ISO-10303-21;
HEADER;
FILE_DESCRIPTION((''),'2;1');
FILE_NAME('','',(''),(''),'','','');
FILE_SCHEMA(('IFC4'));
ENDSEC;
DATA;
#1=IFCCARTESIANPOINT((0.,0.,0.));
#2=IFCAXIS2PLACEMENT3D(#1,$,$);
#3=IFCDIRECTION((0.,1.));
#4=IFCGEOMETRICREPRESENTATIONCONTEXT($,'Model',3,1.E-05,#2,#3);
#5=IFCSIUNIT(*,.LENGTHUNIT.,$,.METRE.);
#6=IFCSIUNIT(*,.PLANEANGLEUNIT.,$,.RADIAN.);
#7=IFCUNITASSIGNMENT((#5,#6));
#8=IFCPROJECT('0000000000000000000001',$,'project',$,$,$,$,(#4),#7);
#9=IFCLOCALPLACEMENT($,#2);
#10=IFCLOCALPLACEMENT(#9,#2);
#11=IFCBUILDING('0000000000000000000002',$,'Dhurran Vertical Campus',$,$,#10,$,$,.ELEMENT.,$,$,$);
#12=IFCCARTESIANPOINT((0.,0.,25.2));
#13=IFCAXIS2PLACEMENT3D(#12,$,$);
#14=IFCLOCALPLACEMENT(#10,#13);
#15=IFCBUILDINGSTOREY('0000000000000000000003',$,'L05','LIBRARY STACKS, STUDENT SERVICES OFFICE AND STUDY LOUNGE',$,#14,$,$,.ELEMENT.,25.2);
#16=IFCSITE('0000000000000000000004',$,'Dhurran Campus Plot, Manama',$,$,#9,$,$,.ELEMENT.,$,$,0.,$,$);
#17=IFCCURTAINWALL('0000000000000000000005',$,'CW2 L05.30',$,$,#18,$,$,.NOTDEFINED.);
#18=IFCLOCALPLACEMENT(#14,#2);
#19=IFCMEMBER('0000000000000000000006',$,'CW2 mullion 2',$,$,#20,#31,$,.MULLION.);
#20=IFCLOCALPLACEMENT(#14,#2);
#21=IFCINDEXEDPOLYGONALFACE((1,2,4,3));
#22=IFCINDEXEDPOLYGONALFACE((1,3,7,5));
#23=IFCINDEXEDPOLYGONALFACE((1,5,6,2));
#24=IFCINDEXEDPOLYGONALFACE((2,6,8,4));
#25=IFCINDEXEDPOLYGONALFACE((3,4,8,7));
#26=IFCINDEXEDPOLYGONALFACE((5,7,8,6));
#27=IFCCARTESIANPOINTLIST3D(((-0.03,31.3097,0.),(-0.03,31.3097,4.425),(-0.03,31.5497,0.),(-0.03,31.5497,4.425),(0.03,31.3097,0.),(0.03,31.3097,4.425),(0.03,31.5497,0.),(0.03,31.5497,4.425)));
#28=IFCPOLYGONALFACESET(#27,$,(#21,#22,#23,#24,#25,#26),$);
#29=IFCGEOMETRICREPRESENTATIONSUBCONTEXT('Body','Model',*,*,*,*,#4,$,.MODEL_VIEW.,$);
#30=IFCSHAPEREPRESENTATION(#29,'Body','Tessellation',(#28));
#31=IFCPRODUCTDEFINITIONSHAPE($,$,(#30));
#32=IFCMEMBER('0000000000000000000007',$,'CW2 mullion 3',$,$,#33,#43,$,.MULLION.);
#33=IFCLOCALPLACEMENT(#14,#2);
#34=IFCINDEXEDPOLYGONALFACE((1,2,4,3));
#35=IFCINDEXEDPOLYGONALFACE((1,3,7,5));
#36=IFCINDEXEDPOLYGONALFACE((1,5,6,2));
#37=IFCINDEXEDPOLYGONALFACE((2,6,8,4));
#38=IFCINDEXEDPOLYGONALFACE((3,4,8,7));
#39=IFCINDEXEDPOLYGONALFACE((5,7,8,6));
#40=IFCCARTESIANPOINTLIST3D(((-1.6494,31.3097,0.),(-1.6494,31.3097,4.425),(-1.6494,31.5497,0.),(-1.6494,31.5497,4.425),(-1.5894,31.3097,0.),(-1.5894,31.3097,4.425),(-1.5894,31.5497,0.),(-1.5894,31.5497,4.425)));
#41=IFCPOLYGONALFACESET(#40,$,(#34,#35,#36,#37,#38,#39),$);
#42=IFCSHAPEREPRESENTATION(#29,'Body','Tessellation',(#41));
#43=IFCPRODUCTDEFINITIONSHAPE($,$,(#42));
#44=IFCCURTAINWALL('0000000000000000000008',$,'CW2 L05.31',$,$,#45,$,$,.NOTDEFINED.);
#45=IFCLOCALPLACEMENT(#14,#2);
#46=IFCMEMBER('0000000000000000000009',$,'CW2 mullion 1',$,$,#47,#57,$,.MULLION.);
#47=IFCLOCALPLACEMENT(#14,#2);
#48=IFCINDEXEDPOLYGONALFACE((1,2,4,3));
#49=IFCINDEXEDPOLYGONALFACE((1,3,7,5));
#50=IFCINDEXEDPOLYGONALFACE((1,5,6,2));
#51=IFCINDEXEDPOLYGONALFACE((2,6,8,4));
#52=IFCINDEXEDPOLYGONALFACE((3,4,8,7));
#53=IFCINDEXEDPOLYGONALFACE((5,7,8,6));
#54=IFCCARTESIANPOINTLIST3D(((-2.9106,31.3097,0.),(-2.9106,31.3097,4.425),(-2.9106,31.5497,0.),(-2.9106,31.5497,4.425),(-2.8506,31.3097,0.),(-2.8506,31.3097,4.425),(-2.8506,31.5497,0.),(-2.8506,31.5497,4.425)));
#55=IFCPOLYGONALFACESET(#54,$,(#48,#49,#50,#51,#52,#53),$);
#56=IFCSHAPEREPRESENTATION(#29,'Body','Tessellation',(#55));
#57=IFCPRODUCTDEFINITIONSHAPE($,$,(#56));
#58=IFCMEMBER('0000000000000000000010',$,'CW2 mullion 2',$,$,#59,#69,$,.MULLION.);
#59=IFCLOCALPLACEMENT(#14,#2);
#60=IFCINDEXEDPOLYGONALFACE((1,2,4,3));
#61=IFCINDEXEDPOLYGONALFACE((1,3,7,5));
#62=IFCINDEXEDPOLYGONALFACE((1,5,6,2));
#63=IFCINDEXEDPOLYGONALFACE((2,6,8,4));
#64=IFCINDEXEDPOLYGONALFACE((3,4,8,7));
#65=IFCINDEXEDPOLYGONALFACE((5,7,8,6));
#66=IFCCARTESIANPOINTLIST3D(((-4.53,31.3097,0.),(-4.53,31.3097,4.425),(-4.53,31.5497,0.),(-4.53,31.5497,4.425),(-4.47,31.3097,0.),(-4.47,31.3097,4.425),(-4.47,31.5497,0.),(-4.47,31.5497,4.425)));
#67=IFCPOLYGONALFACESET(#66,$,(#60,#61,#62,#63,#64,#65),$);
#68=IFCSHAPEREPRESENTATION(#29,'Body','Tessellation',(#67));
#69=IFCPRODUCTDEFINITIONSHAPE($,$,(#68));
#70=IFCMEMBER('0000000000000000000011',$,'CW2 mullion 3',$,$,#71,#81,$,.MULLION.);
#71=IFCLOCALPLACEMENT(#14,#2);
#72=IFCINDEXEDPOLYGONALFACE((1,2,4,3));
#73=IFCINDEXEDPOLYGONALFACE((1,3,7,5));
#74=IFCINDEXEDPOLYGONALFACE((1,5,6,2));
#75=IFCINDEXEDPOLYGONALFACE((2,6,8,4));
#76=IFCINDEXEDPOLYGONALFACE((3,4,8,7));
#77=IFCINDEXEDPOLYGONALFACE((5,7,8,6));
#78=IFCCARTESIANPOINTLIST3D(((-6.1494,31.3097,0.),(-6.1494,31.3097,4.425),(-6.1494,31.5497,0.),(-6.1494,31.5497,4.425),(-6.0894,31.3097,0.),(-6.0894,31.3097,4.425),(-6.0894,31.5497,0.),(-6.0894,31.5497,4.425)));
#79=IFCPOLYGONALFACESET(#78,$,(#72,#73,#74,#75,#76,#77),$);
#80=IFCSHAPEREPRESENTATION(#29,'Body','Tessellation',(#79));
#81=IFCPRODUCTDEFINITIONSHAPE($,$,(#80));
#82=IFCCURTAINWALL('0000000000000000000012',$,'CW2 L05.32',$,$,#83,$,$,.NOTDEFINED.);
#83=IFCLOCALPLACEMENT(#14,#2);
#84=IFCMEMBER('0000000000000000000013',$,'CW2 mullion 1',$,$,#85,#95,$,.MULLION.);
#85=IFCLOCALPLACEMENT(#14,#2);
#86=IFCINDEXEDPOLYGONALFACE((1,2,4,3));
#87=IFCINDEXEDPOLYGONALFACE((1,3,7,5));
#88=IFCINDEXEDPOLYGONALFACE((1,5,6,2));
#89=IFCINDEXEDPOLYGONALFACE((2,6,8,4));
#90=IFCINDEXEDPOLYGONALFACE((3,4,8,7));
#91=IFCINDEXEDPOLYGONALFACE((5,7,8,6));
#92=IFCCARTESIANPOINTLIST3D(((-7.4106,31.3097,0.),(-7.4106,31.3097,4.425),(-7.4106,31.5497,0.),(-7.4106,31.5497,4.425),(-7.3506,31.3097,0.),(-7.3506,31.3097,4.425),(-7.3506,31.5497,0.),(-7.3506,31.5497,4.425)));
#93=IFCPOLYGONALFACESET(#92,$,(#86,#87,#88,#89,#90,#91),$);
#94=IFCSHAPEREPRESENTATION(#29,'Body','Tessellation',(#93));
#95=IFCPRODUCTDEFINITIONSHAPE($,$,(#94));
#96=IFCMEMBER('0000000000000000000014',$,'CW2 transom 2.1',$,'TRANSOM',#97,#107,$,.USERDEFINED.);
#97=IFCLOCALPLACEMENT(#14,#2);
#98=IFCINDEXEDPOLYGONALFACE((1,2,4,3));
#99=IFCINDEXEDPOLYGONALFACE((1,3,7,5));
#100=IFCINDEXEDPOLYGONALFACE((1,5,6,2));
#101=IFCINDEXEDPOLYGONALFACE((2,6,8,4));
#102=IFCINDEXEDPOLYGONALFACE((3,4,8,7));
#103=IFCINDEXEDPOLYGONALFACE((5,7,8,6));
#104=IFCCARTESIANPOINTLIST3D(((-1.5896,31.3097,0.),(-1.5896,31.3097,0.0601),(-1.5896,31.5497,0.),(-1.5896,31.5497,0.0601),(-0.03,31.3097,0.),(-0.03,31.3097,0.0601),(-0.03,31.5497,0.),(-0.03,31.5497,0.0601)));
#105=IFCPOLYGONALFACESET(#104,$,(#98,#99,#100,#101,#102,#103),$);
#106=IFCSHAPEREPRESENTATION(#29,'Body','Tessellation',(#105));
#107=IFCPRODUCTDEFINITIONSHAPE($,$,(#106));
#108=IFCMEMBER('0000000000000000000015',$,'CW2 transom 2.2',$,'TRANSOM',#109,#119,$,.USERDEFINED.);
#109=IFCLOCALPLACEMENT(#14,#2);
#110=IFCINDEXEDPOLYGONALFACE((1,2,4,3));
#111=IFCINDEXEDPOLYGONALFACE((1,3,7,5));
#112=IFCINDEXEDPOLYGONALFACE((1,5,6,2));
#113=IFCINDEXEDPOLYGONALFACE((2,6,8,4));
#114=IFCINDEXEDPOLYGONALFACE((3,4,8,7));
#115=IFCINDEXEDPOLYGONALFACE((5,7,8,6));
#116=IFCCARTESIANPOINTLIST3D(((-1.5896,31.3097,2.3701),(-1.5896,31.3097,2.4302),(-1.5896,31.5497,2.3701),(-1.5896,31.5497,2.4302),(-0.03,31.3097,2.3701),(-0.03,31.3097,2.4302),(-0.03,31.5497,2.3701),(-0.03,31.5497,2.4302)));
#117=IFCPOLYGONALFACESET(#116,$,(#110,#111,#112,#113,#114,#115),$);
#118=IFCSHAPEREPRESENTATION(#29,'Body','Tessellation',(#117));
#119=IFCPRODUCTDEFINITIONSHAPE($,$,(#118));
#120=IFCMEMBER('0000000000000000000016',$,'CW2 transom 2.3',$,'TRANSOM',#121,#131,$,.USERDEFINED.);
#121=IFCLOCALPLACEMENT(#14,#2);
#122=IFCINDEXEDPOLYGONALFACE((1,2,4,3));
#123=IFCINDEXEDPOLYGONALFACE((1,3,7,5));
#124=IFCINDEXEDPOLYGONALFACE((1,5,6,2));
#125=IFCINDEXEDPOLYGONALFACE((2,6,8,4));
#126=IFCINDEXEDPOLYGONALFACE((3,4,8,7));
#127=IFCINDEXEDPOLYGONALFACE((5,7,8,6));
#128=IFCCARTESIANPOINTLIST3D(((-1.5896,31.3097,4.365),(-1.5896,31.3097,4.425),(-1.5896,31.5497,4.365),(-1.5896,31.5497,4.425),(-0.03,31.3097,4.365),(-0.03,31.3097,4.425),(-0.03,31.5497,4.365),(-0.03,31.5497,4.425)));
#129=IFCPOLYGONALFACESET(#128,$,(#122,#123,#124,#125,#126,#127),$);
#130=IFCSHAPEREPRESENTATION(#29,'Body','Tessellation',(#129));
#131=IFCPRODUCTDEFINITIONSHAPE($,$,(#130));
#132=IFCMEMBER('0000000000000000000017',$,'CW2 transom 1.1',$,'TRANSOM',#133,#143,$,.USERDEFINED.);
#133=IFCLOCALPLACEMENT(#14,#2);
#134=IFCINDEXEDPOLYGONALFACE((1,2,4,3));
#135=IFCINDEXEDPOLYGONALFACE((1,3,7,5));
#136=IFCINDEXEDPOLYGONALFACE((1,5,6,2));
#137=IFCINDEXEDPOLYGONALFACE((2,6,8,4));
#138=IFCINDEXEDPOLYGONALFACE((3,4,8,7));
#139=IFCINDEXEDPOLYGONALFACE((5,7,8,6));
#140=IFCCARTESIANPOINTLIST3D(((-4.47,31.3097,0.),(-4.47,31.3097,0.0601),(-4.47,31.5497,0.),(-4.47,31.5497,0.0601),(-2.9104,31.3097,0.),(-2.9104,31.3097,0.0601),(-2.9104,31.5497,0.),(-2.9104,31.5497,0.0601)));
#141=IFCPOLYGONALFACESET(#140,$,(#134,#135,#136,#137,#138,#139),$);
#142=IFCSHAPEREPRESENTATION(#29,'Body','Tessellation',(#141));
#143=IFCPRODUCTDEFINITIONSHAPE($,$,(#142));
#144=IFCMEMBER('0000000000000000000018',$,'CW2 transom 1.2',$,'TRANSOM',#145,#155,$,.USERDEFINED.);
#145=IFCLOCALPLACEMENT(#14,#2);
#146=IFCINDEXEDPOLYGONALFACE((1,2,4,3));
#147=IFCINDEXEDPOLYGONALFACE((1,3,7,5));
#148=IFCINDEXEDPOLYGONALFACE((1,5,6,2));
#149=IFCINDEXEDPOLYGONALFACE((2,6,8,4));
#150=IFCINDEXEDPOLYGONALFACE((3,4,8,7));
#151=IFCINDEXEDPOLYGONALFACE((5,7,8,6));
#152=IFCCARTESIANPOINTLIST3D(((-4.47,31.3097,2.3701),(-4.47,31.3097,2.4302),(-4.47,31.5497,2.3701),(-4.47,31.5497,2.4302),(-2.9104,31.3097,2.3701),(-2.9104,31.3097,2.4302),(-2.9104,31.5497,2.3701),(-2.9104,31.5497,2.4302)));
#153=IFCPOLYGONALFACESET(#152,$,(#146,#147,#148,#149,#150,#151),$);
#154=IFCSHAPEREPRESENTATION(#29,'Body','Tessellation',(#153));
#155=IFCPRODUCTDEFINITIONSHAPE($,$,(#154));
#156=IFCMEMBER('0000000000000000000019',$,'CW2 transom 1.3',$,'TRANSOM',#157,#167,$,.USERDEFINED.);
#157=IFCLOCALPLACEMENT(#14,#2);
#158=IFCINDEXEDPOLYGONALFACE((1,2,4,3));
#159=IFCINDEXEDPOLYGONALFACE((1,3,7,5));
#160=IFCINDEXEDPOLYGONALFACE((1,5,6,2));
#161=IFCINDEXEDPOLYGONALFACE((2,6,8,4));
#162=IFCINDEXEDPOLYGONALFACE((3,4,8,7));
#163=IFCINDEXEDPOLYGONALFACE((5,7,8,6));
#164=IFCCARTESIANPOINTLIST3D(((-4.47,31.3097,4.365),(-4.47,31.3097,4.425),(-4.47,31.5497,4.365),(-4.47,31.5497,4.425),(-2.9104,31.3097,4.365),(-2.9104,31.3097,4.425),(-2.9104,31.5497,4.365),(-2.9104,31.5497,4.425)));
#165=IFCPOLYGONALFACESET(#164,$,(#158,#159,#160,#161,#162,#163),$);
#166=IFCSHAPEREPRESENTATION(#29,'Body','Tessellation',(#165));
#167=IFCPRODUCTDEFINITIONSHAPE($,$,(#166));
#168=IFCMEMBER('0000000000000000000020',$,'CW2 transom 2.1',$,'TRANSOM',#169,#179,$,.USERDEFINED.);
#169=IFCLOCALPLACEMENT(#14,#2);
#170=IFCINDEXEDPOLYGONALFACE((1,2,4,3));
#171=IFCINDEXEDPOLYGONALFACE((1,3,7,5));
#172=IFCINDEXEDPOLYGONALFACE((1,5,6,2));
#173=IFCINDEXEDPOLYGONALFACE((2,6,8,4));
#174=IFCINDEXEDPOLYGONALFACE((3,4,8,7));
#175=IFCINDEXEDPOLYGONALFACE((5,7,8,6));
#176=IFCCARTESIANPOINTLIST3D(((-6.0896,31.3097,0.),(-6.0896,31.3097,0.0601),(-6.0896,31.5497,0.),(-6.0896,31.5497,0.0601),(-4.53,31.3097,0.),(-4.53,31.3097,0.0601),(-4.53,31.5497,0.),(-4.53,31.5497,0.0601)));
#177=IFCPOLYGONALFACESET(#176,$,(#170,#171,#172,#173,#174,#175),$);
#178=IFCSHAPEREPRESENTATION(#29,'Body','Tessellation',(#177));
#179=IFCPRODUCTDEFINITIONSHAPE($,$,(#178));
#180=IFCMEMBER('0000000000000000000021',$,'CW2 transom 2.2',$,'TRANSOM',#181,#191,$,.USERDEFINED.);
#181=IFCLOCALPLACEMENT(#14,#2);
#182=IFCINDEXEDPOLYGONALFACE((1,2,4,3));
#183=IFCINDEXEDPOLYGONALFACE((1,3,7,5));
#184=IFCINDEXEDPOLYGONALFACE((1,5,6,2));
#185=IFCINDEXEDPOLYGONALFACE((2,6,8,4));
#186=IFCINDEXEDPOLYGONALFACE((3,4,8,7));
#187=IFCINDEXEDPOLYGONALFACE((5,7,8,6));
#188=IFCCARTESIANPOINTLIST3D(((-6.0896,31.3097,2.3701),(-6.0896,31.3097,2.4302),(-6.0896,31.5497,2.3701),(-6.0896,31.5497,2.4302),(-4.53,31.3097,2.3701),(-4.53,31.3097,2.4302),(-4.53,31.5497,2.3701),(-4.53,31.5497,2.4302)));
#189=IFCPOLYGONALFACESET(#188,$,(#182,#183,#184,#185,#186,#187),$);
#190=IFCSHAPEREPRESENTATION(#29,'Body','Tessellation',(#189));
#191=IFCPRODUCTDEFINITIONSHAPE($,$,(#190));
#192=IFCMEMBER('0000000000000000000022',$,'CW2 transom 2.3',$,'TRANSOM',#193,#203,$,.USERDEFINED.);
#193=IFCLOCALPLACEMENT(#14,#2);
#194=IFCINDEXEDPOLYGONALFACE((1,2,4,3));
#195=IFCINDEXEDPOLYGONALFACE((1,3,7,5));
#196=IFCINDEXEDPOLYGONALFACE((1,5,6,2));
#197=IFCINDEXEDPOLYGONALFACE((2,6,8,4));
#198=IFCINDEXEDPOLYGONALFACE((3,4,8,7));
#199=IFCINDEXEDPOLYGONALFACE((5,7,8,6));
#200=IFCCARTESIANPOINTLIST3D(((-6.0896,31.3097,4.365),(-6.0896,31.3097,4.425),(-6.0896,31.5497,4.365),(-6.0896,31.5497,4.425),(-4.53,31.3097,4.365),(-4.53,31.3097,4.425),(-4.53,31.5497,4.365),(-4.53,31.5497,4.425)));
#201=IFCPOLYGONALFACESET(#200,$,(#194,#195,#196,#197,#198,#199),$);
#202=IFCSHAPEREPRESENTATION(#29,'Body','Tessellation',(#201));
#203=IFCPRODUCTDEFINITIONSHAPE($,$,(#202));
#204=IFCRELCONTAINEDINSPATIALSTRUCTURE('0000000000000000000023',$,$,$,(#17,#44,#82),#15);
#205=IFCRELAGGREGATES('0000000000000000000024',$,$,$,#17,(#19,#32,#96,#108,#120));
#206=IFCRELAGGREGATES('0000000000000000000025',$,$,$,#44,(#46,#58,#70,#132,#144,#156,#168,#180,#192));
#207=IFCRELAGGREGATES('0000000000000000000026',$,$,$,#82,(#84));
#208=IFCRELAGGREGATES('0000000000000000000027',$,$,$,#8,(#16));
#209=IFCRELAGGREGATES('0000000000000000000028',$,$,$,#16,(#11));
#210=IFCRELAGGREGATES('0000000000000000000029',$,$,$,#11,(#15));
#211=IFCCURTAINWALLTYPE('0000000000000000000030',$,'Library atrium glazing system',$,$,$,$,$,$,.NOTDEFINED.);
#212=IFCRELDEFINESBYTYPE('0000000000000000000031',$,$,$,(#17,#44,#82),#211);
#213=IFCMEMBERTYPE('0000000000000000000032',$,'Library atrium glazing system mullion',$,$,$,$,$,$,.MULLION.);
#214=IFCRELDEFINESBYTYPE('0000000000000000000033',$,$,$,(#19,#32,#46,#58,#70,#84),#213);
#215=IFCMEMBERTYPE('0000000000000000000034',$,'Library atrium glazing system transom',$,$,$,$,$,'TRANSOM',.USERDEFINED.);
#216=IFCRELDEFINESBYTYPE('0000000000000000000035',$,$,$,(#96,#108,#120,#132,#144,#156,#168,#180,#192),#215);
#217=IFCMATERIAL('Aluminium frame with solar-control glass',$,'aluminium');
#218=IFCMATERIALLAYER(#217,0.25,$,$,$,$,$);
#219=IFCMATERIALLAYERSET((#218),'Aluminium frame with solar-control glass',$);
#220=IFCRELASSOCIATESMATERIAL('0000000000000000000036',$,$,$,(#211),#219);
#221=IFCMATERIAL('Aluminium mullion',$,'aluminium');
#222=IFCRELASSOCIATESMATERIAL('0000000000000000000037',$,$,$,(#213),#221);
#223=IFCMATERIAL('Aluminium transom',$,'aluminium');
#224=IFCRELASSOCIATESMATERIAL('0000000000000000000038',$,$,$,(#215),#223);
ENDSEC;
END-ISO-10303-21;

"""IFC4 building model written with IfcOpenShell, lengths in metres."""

from ifc_helpers import new_model, si_unit, direction, frame, origin, origin_2d, place, context, subcontext, project, spatial, rectangle, extrude, material, layer, layer_set, material_profile, profile_set, type_object, element, aggregate, save


model = new_model("IFC4")

# Units and contexts
model_context = context("Model", 3, precision=1e-05, world=origin(), true_north=direction((0.0, 1.0)))
body_context = subcontext(model_context, "Body", "Model", "MODEL_VIEW")
ifc_project = project(units=[si_unit("LENGTHUNIT", "METRE"), si_unit("PLANEANGLEUNIT", "RADIAN")], contexts=[model_context])

# Site, building, storey
site_placement = place(None, origin())
site = spatial("IfcSite", under=ifc_project, at=site_placement, Name="Dhurran Campus Plot, Manama", CompositionType="ELEMENT", RefElevation=0.0)
building_placement = place(site_placement, origin())
building = spatial("IfcBuilding", under=site, at=building_placement, Name="Dhurran Vertical Campus", CompositionType="ELEMENT")
storey_placement = place(building_placement, frame((0.0, 0.0, 25.2)))
storey = spatial("IfcBuildingStorey", under=building, at=storey_placement, Name="L05", Description="LIBRARY STACKS, STUDENT SERVICES OFFICE AND STUDY LOUNGE", CompositionType="ELEMENT", Elevation=25.2)

# Curtain walls, members
ifc_material_1 = material(Name="Aluminium frame with solar-control glass", Category="aluminium")
ifc_layer_1 = layer(ifc_material_1, 0.25)
ifc_layer_set_1 = layer_set([ifc_layer_1], Name="Aluminium frame with solar-control glass")
curtain_wall_type = type_object("IfcCurtainWallType", Name="Library atrium glazing system", PredefinedType="NOTDEFINED", material=ifc_layer_set_1)
curtain_wall_1_placement = place(storey_placement, origin())
curtain_wall_1 = element("IfcCurtainWall", 1, at=curtain_wall_1_placement, inside=storey, type_object=curtain_wall_type, Name="CW2 L05.30", PredefinedType="NOTDEFINED")
ifc_material_2 = material(Name="Aluminium mullion", Category="aluminium")
ifc_material_profile_1 = material_profile(ifc_material_2, rectangle(XDim=0.24, YDim=0.0601, at=origin_2d()), Name="Library atrium glazing system mullion")
ifc_profile_set_1 = profile_set([ifc_material_profile_1], Name="Aluminium mullion")
member_type_1 = type_object("IfcMemberType", Name="Library atrium glazing system mullion", PredefinedType="MULLION", material=ifc_profile_set_1)
member_1_placement = place(storey_placement, frame((0.0, 31.4297, 0.0), z_axis=(0.0, 0.0, 1.0), x_axis=(0.0, -1.0, 0.0)))
member_1 = element("IfcMember", 2, at=member_1_placement, type_object=member_type_1, Name="CW2 mullion 2", PredefinedType="MULLION", context=body_context, shape_type="SweptSolid", body=[
    extrude(rectangle(XDim=0.24, YDim=0.0601, at=origin_2d()), origin(), (0.0, 0.0, 1.0), 4.425),
])
member_2_placement = place(storey_placement, frame((-1.6194, 31.4297, 0.0), z_axis=(0.0, 0.0, 1.0), x_axis=(0.0, -1.0, 0.0)))
member_2 = element("IfcMember", 3, at=member_2_placement, type_object=member_type_1, Name="CW2 mullion 3", PredefinedType="MULLION", context=body_context, shape_type="SweptSolid", body=[
    extrude(rectangle(XDim=0.24, YDim=0.0601, at=origin_2d()), origin(), (0.0, 0.0, 1.0), 4.425),
])
curtain_wall_2_placement = place(storey_placement, origin())
curtain_wall_2 = element("IfcCurtainWall", 4, at=curtain_wall_2_placement, inside=storey, type_object=curtain_wall_type, Name="CW2 L05.31", PredefinedType="NOTDEFINED")
member_3_placement = place(storey_placement, frame((-2.8806, 31.4297, 0.0), z_axis=(0.0, 0.0, 1.0), x_axis=(0.0, -1.0, 0.0)))
member_3 = element("IfcMember", 5, at=member_3_placement, type_object=member_type_1, Name="CW2 mullion 1", PredefinedType="MULLION", context=body_context, shape_type="SweptSolid", body=[
    extrude(rectangle(XDim=0.24, YDim=0.0601, at=origin_2d()), origin(), (0.0, 0.0, 1.0), 4.425),
])
member_4_placement = place(storey_placement, frame((-4.5, 31.4297, 0.0), z_axis=(0.0, 0.0, 1.0), x_axis=(0.0, -1.0, 0.0)))
member_4 = element("IfcMember", 6, at=member_4_placement, type_object=member_type_1, Name="CW2 mullion 2", PredefinedType="MULLION", context=body_context, shape_type="SweptSolid", body=[
    extrude(rectangle(XDim=0.24, YDim=0.0601, at=origin_2d()), origin(), (0.0, 0.0, 1.0), 4.425),
])
member_5_placement = place(storey_placement, frame((-6.1194, 31.4297, 0.0), z_axis=(0.0, 0.0, 1.0), x_axis=(0.0, -1.0, 0.0)))
member_5 = element("IfcMember", 7, at=member_5_placement, type_object=member_type_1, Name="CW2 mullion 3", PredefinedType="MULLION", context=body_context, shape_type="SweptSolid", body=[
    extrude(rectangle(XDim=0.24, YDim=0.0601, at=origin_2d()), origin(), (0.0, 0.0, 1.0), 4.425),
])

# Curtain wall, member
curtain_wall_3_placement = place(storey_placement, origin())
curtain_wall_3 = element("IfcCurtainWall", 8, at=curtain_wall_3_placement, inside=storey, type_object=curtain_wall_type, Name="CW2 L05.32", PredefinedType="NOTDEFINED")
member_6_placement = place(storey_placement, frame((-7.3806, 31.4297, 0.0), z_axis=(0.0, 0.0, 1.0), x_axis=(0.0, -1.0, 0.0)))
member_6 = element("IfcMember", 9, at=member_6_placement, type_object=member_type_1, Name="CW2 mullion 1", PredefinedType="MULLION", context=body_context, shape_type="SweptSolid", body=[
    extrude(rectangle(XDim=0.24, YDim=0.0601, at=origin_2d()), origin(), (0.0, 0.0, 1.0), 4.425),
])

# Members
ifc_material_3 = material(Name="Aluminium transom", Category="aluminium")
ifc_material_profile_2 = material_profile(ifc_material_3, rectangle(XDim=0.24, YDim=0.0601, at=origin_2d()), Name="Library atrium glazing system transom")
ifc_profile_set_2 = profile_set([ifc_material_profile_2], Name="Aluminium transom")
member_type_2 = type_object("IfcMemberType", Name="Library atrium glazing system transom", ElementType="TRANSOM", PredefinedType="USERDEFINED", material=ifc_profile_set_2)
member_7_placement = place(storey_placement, frame((-0.03, 31.4297, 0.03), z_axis=(-1.0, 0.0, 0.0), x_axis=(0.0, -1.0, 0.0)))
member_7 = element("IfcMember", 10, at=member_7_placement, type_object=member_type_2, Name="CW2 transom 2.1", ObjectType="TRANSOM", PredefinedType="USERDEFINED", context=body_context, shape_type="SweptSolid", body=[
    extrude(rectangle(XDim=0.24, YDim=0.0601, at=origin_2d()), origin(), (0.0, 0.0, 1.0), 1.5596),
])
member_8_placement = place(storey_placement, frame((-0.03, 31.4297, 2.4001), z_axis=(-1.0, 0.0, 0.0), x_axis=(0.0, -1.0, 0.0)))
member_8 = element("IfcMember", 11, at=member_8_placement, type_object=member_type_2, Name="CW2 transom 2.2", ObjectType="TRANSOM", PredefinedType="USERDEFINED", context=body_context, shape_type="SweptSolid", body=[
    extrude(rectangle(XDim=0.24, YDim=0.0601, at=origin_2d()), origin(), (0.0, 0.0, 1.0), 1.5596),
])
member_9_placement = place(storey_placement, frame((-0.03, 31.4297, 4.395), z_axis=(-1.0, 0.0, 0.0), x_axis=(0.0, -1.0, 0.0)))
member_9 = element("IfcMember", 12, at=member_9_placement, type_object=member_type_2, Name="CW2 transom 2.3", ObjectType="TRANSOM", PredefinedType="USERDEFINED", context=body_context, shape_type="SweptSolid", body=[
    extrude(rectangle(XDim=0.24, YDim=0.0601, at=origin_2d()), origin(), (0.0, 0.0, 1.0), 1.5596),
])
member_10_placement = place(storey_placement, frame((-2.9104, 31.4297, 0.03), z_axis=(-1.0, 0.0, 0.0), x_axis=(0.0, -1.0, 0.0)))
member_10 = element("IfcMember", 13, at=member_10_placement, type_object=member_type_2, Name="CW2 transom 1.1", ObjectType="TRANSOM", PredefinedType="USERDEFINED", context=body_context, shape_type="SweptSolid", body=[
    extrude(rectangle(XDim=0.24, YDim=0.0601, at=origin_2d()), origin(), (0.0, 0.0, 1.0), 1.5596),
])
member_11_placement = place(storey_placement, frame((-2.9104, 31.4297, 2.4001), z_axis=(-1.0, 0.0, 0.0), x_axis=(0.0, -1.0, 0.0)))
member_11 = element("IfcMember", 14, at=member_11_placement, type_object=member_type_2, Name="CW2 transom 1.2", ObjectType="TRANSOM", PredefinedType="USERDEFINED", context=body_context, shape_type="SweptSolid", body=[
    extrude(rectangle(XDim=0.24, YDim=0.0601, at=origin_2d()), origin(), (0.0, 0.0, 1.0), 1.5596),
])
member_12_placement = place(storey_placement, frame((-2.9104, 31.4297, 4.395), z_axis=(-1.0, 0.0, 0.0), x_axis=(0.0, -1.0, 0.0)))
member_12 = element("IfcMember", 15, at=member_12_placement, type_object=member_type_2, Name="CW2 transom 1.3", ObjectType="TRANSOM", PredefinedType="USERDEFINED", context=body_context, shape_type="SweptSolid", body=[
    extrude(rectangle(XDim=0.24, YDim=0.0601, at=origin_2d()), origin(), (0.0, 0.0, 1.0), 1.5596),
])
member_13_placement = place(storey_placement, frame((-4.53, 31.4297, 0.03), z_axis=(-1.0, 0.0, 0.0), x_axis=(0.0, -1.0, 0.0)))
member_13 = element("IfcMember", 16, at=member_13_placement, type_object=member_type_2, Name="CW2 transom 2.1", ObjectType="TRANSOM", PredefinedType="USERDEFINED", context=body_context, shape_type="SweptSolid", body=[
    extrude(rectangle(XDim=0.24, YDim=0.0601, at=origin_2d()), origin(), (0.0, 0.0, 1.0), 1.5596),
])
member_14_placement = place(storey_placement, frame((-4.53, 31.4297, 2.4001), z_axis=(-1.0, 0.0, 0.0), x_axis=(0.0, -1.0, 0.0)))
member_14 = element("IfcMember", 17, at=member_14_placement, type_object=member_type_2, Name="CW2 transom 2.2", ObjectType="TRANSOM", PredefinedType="USERDEFINED", context=body_context, shape_type="SweptSolid", body=[
    extrude(rectangle(XDim=0.24, YDim=0.0601, at=origin_2d()), origin(), (0.0, 0.0, 1.0), 1.5596),
])
member_15_placement = place(storey_placement, frame((-4.53, 31.4297, 4.395), z_axis=(-1.0, 0.0, 0.0), x_axis=(0.0, -1.0, 0.0)))
member_15 = element("IfcMember", 18, at=member_15_placement, type_object=member_type_2, Name="CW2 transom 2.3", ObjectType="TRANSOM", PredefinedType="USERDEFINED", context=body_context, shape_type="SweptSolid", body=[
    extrude(rectangle(XDim=0.24, YDim=0.0601, at=origin_2d()), origin(), (0.0, 0.0, 1.0), 1.5596),
])

aggregate(curtain_wall_1, [member_1, member_2, member_7, member_8, member_9])
aggregate(curtain_wall_2, [member_3, member_4, member_5, member_10, member_11, member_12, member_13, member_14, member_15])
aggregate(curtain_wall_3, [member_6])

save(model, "model.ifc")
